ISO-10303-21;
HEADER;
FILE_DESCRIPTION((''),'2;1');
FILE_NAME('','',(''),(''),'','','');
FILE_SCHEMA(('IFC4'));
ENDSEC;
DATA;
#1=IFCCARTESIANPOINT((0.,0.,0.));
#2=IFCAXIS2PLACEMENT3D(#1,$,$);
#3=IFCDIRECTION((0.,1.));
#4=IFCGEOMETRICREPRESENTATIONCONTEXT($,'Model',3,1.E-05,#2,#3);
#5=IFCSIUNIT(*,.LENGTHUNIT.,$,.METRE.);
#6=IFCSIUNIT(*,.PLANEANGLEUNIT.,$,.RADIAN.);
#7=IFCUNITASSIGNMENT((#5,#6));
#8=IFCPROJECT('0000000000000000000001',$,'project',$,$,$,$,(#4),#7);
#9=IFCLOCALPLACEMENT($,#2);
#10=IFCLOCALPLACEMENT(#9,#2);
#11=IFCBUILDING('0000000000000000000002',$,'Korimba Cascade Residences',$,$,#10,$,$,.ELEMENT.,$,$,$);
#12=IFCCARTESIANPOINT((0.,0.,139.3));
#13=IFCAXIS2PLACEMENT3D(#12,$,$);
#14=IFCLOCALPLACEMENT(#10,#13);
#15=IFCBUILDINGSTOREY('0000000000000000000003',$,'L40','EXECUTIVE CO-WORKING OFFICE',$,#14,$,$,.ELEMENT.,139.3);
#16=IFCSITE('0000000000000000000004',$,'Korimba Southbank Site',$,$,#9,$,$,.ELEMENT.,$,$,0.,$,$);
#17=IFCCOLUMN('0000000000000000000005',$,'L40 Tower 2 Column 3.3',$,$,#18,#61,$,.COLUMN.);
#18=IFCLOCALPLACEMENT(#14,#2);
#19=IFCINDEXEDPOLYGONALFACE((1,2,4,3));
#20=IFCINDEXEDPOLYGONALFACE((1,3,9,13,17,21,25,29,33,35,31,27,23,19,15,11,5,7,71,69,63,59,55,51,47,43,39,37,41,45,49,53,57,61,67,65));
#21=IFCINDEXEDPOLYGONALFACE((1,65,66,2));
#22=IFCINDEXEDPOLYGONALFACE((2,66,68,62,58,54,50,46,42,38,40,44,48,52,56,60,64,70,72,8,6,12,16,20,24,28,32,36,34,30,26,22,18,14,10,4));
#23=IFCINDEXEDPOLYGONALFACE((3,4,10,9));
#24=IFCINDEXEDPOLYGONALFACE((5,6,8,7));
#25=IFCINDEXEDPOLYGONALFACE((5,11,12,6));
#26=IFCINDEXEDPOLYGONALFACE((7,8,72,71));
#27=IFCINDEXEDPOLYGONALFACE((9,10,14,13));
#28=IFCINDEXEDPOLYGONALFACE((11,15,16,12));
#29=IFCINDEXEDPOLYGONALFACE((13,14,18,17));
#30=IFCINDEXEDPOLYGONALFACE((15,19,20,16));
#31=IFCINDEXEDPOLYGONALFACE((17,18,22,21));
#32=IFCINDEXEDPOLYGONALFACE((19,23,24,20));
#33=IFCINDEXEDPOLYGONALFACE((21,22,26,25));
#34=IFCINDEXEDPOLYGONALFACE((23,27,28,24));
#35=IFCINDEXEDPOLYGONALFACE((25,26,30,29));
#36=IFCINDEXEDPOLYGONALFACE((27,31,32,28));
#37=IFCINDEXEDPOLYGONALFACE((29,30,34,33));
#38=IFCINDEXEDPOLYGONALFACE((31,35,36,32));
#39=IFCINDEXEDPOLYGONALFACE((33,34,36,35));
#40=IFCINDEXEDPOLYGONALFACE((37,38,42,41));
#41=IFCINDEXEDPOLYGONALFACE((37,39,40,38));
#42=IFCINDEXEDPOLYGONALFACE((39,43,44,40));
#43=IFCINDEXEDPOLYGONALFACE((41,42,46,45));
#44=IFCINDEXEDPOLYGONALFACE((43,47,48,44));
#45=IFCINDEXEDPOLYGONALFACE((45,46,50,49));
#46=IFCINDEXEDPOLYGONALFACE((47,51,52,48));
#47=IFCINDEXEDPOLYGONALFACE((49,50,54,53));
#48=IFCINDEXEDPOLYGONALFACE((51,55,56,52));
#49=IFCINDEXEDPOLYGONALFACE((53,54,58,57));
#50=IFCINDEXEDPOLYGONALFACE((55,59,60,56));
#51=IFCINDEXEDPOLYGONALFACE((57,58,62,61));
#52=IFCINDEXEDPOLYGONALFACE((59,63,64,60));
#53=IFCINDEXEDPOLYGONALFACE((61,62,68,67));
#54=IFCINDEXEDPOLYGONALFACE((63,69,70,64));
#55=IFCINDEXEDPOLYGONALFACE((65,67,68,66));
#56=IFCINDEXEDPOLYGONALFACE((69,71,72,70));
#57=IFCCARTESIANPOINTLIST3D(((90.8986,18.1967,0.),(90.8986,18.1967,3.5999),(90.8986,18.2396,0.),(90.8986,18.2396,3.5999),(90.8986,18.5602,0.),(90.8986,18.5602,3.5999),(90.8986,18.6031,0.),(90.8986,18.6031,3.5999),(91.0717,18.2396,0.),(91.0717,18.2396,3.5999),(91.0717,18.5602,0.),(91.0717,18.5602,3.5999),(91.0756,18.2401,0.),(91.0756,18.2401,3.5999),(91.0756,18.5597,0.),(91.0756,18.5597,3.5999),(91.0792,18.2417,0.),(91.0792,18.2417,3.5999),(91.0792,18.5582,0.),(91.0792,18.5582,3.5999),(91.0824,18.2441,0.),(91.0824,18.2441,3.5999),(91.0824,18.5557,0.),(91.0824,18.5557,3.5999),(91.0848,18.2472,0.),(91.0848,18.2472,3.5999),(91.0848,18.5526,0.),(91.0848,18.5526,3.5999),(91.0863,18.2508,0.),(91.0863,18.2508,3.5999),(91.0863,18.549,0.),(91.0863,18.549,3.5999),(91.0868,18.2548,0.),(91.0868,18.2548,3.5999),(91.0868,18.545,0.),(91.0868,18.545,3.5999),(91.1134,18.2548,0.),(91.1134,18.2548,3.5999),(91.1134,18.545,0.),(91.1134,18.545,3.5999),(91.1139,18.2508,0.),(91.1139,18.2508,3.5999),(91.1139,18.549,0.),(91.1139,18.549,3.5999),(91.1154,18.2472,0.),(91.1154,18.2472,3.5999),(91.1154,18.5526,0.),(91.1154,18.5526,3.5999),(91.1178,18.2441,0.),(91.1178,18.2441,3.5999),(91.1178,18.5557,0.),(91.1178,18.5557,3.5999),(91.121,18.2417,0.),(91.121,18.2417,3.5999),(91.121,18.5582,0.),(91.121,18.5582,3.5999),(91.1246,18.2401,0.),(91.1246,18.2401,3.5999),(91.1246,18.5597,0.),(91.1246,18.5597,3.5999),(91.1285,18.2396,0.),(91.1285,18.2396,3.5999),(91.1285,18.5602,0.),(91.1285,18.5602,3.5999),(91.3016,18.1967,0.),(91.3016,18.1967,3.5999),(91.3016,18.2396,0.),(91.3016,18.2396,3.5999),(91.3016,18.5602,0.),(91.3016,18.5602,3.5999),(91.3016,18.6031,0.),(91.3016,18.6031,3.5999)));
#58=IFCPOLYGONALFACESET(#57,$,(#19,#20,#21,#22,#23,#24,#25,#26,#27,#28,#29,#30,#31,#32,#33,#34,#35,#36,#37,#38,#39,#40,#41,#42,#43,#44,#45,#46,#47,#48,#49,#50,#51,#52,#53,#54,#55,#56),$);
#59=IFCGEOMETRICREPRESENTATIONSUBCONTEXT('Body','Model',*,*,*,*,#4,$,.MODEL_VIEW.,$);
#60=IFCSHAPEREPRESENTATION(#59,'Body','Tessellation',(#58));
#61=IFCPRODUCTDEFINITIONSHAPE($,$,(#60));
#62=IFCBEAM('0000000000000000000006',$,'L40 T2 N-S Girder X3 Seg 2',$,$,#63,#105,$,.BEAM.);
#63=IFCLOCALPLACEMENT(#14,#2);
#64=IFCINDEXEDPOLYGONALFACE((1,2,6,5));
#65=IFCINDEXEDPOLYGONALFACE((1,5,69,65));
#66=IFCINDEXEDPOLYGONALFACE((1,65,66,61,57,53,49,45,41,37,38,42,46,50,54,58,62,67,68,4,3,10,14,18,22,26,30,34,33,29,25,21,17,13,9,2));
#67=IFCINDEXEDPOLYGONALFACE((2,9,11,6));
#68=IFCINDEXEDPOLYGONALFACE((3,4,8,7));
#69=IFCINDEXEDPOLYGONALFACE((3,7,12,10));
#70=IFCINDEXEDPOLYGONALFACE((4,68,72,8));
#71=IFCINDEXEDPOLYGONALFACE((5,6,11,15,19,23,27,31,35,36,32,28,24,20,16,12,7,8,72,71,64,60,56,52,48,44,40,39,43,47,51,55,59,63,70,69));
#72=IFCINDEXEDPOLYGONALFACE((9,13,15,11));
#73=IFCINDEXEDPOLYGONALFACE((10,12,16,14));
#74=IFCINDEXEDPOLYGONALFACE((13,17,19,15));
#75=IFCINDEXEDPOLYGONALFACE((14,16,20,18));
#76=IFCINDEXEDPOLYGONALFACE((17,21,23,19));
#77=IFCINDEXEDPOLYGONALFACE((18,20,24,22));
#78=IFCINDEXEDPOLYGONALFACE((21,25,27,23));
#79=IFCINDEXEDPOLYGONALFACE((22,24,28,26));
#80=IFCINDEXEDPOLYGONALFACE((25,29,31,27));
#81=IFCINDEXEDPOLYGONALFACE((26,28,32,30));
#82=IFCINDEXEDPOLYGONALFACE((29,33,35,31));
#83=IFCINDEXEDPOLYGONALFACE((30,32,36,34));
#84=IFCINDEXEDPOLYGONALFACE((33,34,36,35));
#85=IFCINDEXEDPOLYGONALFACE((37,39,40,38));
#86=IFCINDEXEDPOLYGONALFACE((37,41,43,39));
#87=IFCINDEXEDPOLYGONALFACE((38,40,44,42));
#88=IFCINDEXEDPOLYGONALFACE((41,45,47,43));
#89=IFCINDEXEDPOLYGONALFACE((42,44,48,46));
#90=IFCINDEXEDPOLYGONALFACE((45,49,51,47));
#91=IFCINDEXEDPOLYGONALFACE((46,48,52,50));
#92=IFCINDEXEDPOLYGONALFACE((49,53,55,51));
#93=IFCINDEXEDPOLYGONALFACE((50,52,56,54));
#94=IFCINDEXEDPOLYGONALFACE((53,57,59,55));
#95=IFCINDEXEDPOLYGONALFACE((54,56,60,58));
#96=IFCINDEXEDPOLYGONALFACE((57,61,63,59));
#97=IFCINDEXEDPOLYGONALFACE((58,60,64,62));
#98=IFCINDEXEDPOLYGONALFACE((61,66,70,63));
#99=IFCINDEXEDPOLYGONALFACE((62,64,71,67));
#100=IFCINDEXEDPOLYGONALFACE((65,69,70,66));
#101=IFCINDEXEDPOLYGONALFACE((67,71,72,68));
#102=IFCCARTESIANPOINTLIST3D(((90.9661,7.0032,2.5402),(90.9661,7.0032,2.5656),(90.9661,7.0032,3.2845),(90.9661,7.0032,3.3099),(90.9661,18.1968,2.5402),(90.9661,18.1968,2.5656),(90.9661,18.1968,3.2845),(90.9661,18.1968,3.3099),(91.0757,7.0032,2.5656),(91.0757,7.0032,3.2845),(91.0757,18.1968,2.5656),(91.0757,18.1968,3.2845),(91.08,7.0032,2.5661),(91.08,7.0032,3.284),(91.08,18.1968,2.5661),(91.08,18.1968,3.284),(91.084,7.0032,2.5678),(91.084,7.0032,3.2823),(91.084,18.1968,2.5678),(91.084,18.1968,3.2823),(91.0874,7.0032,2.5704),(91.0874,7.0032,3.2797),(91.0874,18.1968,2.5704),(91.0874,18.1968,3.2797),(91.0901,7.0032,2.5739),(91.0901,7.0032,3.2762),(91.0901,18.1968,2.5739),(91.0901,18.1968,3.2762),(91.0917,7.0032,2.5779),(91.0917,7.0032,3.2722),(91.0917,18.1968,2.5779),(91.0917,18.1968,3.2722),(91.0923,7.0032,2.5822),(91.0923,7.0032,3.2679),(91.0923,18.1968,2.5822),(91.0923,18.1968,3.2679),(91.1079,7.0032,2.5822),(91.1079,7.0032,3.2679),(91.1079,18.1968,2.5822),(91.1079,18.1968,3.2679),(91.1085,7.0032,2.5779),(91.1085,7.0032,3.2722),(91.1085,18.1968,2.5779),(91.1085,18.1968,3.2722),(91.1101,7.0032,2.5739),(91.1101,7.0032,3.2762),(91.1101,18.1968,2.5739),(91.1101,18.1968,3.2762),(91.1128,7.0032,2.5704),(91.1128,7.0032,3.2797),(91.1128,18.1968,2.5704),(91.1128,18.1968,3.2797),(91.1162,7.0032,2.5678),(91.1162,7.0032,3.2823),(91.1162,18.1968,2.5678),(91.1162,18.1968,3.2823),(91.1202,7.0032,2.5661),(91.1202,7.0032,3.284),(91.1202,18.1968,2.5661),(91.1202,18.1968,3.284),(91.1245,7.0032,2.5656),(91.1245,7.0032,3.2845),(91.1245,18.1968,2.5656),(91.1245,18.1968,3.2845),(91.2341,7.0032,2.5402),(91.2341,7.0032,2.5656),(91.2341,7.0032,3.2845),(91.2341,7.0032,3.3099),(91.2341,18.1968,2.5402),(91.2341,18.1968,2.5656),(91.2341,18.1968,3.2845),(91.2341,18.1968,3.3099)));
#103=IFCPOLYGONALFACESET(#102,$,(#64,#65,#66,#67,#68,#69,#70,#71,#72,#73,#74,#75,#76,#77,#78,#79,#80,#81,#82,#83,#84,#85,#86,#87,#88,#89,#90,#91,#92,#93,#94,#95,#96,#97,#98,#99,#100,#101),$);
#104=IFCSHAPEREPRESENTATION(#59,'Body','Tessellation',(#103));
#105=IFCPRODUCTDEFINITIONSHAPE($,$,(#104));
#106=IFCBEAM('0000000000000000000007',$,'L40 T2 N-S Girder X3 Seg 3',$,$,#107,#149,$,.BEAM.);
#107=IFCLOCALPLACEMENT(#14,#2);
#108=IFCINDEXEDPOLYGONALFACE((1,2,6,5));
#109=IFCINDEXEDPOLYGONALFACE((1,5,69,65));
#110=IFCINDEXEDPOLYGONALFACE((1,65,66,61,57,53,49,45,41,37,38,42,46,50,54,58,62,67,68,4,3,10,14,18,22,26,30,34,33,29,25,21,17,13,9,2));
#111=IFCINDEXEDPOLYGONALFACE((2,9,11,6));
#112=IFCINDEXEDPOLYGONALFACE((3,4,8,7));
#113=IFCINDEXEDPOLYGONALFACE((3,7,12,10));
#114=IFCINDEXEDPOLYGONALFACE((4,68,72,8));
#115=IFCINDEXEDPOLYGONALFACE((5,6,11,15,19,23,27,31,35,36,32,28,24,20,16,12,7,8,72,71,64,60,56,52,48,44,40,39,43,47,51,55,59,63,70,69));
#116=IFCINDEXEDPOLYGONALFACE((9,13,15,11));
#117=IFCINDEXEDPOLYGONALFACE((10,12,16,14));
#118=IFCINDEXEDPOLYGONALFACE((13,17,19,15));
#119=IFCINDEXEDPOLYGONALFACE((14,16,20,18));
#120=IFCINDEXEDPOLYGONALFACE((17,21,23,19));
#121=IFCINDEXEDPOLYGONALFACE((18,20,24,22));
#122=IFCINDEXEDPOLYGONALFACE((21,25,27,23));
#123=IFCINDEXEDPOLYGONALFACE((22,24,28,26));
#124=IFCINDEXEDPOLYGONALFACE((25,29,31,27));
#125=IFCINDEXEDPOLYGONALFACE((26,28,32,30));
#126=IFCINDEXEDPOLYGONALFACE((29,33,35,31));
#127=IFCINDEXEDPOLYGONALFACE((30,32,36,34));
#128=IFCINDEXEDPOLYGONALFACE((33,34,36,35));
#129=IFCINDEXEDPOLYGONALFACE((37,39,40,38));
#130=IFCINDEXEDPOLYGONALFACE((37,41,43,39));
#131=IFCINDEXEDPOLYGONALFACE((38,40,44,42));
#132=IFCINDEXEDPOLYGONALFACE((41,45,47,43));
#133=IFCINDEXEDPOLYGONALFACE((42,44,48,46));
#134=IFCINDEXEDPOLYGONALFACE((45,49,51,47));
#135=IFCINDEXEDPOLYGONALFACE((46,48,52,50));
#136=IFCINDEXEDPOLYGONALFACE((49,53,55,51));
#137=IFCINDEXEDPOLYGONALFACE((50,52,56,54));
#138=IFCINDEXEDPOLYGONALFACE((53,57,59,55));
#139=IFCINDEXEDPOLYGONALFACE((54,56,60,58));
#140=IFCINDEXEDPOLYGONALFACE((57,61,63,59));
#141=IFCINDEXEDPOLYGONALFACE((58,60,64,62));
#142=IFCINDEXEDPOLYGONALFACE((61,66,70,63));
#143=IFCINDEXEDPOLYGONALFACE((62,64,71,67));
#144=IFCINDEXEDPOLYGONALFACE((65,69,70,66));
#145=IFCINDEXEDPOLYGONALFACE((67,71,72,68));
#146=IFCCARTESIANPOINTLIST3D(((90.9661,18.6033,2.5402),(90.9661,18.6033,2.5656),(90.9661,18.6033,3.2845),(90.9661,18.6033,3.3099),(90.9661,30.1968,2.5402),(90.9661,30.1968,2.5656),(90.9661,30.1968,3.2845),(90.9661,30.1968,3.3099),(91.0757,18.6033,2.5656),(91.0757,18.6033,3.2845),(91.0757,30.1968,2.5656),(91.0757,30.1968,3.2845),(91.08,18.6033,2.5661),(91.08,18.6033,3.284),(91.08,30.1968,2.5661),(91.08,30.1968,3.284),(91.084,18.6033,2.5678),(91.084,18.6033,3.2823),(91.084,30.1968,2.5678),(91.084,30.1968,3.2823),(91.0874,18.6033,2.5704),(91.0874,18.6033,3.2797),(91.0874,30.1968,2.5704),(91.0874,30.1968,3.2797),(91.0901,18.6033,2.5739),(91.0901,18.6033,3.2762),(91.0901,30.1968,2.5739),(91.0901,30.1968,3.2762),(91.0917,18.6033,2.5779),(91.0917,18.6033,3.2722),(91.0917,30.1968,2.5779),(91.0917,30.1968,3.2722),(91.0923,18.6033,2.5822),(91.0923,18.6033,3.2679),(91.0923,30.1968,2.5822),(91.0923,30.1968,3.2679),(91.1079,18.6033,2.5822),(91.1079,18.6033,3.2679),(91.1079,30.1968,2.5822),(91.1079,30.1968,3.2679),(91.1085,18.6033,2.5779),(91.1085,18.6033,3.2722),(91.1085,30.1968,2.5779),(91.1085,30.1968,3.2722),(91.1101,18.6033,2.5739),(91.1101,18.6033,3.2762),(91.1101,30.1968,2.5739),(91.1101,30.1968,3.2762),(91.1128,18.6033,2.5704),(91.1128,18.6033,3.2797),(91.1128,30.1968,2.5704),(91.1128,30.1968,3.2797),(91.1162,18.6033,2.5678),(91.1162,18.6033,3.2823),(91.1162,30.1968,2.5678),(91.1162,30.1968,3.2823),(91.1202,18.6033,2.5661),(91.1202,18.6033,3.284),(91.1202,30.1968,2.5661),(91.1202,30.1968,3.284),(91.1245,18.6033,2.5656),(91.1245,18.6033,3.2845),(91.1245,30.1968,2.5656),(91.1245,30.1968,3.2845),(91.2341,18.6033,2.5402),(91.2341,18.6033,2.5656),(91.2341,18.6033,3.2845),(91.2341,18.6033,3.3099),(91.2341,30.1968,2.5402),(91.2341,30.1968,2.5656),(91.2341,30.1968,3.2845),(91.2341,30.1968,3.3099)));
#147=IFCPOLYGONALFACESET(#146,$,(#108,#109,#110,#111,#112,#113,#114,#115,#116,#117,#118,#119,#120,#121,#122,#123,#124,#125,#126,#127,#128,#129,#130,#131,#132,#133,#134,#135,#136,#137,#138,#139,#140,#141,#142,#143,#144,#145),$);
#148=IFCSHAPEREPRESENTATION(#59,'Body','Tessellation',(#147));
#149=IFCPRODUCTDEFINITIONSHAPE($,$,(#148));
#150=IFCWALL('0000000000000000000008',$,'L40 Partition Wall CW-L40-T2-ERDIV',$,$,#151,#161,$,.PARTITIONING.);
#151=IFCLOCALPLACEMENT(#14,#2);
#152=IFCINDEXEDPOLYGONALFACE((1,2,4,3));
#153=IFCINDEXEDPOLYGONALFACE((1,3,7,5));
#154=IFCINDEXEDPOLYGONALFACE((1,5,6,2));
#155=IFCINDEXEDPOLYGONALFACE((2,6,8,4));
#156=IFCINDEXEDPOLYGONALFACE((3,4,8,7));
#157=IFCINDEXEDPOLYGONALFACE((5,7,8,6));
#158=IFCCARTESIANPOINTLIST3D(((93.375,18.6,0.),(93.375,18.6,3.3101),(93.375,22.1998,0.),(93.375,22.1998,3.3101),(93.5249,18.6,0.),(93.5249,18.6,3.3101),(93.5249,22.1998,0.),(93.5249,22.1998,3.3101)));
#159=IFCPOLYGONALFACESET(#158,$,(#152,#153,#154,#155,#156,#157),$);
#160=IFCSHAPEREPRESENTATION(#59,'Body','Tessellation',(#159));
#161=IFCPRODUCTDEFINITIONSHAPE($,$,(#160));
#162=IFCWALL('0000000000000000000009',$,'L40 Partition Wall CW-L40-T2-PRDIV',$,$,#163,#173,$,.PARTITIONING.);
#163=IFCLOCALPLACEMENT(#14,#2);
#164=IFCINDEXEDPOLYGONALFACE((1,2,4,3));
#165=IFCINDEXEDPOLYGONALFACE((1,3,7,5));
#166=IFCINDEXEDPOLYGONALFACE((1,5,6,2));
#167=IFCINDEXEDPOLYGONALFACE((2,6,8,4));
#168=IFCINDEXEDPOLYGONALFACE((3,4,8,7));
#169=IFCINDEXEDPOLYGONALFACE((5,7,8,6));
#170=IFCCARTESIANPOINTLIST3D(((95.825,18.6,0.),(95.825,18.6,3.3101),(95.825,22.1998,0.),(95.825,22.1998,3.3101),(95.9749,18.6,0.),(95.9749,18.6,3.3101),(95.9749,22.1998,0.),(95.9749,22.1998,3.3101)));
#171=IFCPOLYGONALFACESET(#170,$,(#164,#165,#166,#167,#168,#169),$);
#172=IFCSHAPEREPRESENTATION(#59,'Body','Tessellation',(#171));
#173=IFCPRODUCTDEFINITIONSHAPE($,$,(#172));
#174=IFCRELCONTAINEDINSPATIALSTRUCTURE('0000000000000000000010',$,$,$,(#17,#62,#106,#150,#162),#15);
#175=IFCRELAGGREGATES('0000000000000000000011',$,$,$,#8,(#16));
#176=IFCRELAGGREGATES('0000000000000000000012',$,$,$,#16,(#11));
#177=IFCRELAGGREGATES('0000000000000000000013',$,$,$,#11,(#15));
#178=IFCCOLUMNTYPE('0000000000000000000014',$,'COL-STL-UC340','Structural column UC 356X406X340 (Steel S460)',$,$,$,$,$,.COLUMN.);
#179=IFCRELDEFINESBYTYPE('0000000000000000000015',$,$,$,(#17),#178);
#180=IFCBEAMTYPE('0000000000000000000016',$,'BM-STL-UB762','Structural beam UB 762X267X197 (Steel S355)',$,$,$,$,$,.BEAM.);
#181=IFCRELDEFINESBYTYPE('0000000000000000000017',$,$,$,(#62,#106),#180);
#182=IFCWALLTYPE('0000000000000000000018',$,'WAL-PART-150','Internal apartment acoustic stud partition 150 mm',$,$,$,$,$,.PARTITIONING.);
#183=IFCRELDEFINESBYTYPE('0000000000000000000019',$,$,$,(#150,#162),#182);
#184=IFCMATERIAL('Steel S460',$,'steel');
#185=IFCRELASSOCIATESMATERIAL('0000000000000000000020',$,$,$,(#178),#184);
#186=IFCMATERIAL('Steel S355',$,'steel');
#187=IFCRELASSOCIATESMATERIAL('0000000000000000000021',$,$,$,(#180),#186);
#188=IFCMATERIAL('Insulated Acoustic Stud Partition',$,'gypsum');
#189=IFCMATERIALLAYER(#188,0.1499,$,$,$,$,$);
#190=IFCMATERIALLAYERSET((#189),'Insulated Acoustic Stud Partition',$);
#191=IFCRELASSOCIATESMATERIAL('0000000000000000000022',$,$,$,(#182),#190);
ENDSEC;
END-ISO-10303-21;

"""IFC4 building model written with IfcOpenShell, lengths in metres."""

from ifc_helpers import new_model, si_unit, direction, frame, frame_2d, origin, origin_2d, place, context, subcontext, project, spatial, rectangle, i_section, extrude, material, layer, layer_set, material_profile, profile_set, type_object, element, save


model = new_model("IFC4")

# Units and contexts
model_context = context("Model", 3, precision=1e-05, world=origin(), true_north=direction((0.0, 1.0)))
body_context = subcontext(model_context, "Body", "Model", "MODEL_VIEW")
ifc_project = project(units=[si_unit("LENGTHUNIT", "METRE"), si_unit("PLANEANGLEUNIT", "RADIAN")], contexts=[model_context])

# Site, building, storey
site_placement = place(None, origin())
site = spatial("IfcSite", under=ifc_project, at=site_placement, Name="Korimba Southbank Site", CompositionType="ELEMENT", RefElevation=0.0)
building_placement = place(site_placement, origin())
building = spatial("IfcBuilding", under=site, at=building_placement, Name="Korimba Cascade Residences", CompositionType="ELEMENT")
storey_placement = place(building_placement, frame((0.0, 0.0, 139.3)))
storey = spatial("IfcBuildingStorey", under=building, at=storey_placement, Name="L40", Description="EXECUTIVE CO-WORKING OFFICE", CompositionType="ELEMENT", Elevation=139.3)

# Column
ifc_material_1 = material(Name="Steel S460", Category="steel")
ifc_material_profile_1 = material_profile(ifc_material_1, i_section(OverallWidth=0.4031, OverallDepth=0.4065, WebThickness=0.0266, FlangeThickness=0.043, FilletRadius=0.0151, at=origin_2d()), Name="Steel S460")
ifc_profile_set_1 = profile_set([ifc_material_profile_1], Name="Steel S460")
column_type = type_object("IfcColumnType", Name="COL-STL-UC340", Description="Structural column UC 356X406X340 (Steel S460)", PredefinedType="COLUMN", material=ifc_profile_set_1)
column_placement = place(storey_placement, frame((91.1001, 18.3999, 0.0), z_axis=(0.0, 0.0, 1.0), x_axis=(1.0, 0.0, 0.0)))
element("IfcColumn", 1, at=column_placement, inside=storey, type_object=column_type, Name="L40 Tower 2 Column 3.3", PredefinedType="COLUMN", context=body_context, shape_type="SweptSolid", body=[
    extrude(i_section(OverallWidth=0.4031, OverallDepth=0.4065, WebThickness=0.0266, FlangeThickness=0.043, FilletRadius=0.0151, at=origin_2d()), origin(), (0.0, 0.0, 1.0), 3.5999),
])

# Beams
ifc_material_2 = material(Name="Steel S355", Category="steel")
ifc_material_profile_2 = material_profile(ifc_material_2, i_section(OverallWidth=0.2681, OverallDepth=0.7698, WebThickness=0.0156, FlangeThickness=0.0254, FilletRadius=0.0166, at=origin_2d()), Name="Steel S355")
ifc_profile_set_2 = profile_set([ifc_material_profile_2], Name="Steel S355")
beam_type = type_object("IfcBeamType", Name="BM-STL-UB762", Description="Structural beam UB 762X267X197 (Steel S355)", PredefinedType="BEAM", material=ifc_profile_set_2)
beam_1_placement = place(storey_placement, frame((91.1001, 7.0032, 2.925), z_axis=(0.0, 1.0, 0.0), x_axis=(-1.0, 0.0, 0.0)))
element("IfcBeam", 2, at=beam_1_placement, inside=storey, type_object=beam_type, Name="L40 T2 N-S Girder X3 Seg 2", PredefinedType="BEAM", context=body_context, shape_type="SweptSolid", body=[
    extrude(i_section(OverallWidth=0.2681, OverallDepth=0.7698, WebThickness=0.0156, FlangeThickness=0.0254, FilletRadius=0.0166, at=origin_2d()), origin(), (0.0, 0.0, 1.0), 11.1936),
])
beam_2_placement = place(storey_placement, frame((91.1001, 18.6033, 2.925), z_axis=(0.0, 1.0, 0.0), x_axis=(-1.0, 0.0, 0.0)))
element("IfcBeam", 3, at=beam_2_placement, inside=storey, type_object=beam_type, Name="L40 T2 N-S Girder X3 Seg 3", PredefinedType="BEAM", context=body_context, shape_type="SweptSolid", body=[
    extrude(i_section(OverallWidth=0.2681, OverallDepth=0.7698, WebThickness=0.0156, FlangeThickness=0.0254, FilletRadius=0.0166, at=origin_2d()), origin(), (0.0, 0.0, 1.0), 11.5935),
])

# Walls
ifc_material_3 = material(Name="Insulated Acoustic Stud Partition", Category="gypsum")
ifc_layer_1 = layer(ifc_material_3, 0.1499)
ifc_layer_set_1 = layer_set([ifc_layer_1], Name="Insulated Acoustic Stud Partition")
wall_type_1 = type_object("IfcWallType", Name="WAL-PART-150", Description="Internal apartment acoustic stud partition 150 mm", PredefinedType="PARTITIONING", material=ifc_layer_set_1)
for number, where, z_axis, x_axis, name in (
    (4, (93.45, 18.6001, 0.0), (0.0, 0.0, 1.0), (0.0, 1.0, 0.0), "L40 Partition Wall CW-L40-T2-ERDIV"),
    (5, (95.8999, 18.6001, 0.0), (0.0, 0.0, 1.0), (0.0, 1.0, 0.0), "L40 Partition Wall CW-L40-T2-PRDIV"),
):
    element("IfcWall", number, at=place(storey_placement, frame(where, z_axis=z_axis, x_axis=x_axis)), inside=storey, type_object=wall_type_1, Name=name, PredefinedType="PARTITIONING", context=body_context, shape_type="SweptSolid", body=[
        extrude(rectangle(XDim=3.5999, YDim=0.1499, at=frame_2d((1.7998, 0.0))), origin(), (0.0, 0.0, 1.0), 3.3101),
    ])

save(model, "model.ifc")
